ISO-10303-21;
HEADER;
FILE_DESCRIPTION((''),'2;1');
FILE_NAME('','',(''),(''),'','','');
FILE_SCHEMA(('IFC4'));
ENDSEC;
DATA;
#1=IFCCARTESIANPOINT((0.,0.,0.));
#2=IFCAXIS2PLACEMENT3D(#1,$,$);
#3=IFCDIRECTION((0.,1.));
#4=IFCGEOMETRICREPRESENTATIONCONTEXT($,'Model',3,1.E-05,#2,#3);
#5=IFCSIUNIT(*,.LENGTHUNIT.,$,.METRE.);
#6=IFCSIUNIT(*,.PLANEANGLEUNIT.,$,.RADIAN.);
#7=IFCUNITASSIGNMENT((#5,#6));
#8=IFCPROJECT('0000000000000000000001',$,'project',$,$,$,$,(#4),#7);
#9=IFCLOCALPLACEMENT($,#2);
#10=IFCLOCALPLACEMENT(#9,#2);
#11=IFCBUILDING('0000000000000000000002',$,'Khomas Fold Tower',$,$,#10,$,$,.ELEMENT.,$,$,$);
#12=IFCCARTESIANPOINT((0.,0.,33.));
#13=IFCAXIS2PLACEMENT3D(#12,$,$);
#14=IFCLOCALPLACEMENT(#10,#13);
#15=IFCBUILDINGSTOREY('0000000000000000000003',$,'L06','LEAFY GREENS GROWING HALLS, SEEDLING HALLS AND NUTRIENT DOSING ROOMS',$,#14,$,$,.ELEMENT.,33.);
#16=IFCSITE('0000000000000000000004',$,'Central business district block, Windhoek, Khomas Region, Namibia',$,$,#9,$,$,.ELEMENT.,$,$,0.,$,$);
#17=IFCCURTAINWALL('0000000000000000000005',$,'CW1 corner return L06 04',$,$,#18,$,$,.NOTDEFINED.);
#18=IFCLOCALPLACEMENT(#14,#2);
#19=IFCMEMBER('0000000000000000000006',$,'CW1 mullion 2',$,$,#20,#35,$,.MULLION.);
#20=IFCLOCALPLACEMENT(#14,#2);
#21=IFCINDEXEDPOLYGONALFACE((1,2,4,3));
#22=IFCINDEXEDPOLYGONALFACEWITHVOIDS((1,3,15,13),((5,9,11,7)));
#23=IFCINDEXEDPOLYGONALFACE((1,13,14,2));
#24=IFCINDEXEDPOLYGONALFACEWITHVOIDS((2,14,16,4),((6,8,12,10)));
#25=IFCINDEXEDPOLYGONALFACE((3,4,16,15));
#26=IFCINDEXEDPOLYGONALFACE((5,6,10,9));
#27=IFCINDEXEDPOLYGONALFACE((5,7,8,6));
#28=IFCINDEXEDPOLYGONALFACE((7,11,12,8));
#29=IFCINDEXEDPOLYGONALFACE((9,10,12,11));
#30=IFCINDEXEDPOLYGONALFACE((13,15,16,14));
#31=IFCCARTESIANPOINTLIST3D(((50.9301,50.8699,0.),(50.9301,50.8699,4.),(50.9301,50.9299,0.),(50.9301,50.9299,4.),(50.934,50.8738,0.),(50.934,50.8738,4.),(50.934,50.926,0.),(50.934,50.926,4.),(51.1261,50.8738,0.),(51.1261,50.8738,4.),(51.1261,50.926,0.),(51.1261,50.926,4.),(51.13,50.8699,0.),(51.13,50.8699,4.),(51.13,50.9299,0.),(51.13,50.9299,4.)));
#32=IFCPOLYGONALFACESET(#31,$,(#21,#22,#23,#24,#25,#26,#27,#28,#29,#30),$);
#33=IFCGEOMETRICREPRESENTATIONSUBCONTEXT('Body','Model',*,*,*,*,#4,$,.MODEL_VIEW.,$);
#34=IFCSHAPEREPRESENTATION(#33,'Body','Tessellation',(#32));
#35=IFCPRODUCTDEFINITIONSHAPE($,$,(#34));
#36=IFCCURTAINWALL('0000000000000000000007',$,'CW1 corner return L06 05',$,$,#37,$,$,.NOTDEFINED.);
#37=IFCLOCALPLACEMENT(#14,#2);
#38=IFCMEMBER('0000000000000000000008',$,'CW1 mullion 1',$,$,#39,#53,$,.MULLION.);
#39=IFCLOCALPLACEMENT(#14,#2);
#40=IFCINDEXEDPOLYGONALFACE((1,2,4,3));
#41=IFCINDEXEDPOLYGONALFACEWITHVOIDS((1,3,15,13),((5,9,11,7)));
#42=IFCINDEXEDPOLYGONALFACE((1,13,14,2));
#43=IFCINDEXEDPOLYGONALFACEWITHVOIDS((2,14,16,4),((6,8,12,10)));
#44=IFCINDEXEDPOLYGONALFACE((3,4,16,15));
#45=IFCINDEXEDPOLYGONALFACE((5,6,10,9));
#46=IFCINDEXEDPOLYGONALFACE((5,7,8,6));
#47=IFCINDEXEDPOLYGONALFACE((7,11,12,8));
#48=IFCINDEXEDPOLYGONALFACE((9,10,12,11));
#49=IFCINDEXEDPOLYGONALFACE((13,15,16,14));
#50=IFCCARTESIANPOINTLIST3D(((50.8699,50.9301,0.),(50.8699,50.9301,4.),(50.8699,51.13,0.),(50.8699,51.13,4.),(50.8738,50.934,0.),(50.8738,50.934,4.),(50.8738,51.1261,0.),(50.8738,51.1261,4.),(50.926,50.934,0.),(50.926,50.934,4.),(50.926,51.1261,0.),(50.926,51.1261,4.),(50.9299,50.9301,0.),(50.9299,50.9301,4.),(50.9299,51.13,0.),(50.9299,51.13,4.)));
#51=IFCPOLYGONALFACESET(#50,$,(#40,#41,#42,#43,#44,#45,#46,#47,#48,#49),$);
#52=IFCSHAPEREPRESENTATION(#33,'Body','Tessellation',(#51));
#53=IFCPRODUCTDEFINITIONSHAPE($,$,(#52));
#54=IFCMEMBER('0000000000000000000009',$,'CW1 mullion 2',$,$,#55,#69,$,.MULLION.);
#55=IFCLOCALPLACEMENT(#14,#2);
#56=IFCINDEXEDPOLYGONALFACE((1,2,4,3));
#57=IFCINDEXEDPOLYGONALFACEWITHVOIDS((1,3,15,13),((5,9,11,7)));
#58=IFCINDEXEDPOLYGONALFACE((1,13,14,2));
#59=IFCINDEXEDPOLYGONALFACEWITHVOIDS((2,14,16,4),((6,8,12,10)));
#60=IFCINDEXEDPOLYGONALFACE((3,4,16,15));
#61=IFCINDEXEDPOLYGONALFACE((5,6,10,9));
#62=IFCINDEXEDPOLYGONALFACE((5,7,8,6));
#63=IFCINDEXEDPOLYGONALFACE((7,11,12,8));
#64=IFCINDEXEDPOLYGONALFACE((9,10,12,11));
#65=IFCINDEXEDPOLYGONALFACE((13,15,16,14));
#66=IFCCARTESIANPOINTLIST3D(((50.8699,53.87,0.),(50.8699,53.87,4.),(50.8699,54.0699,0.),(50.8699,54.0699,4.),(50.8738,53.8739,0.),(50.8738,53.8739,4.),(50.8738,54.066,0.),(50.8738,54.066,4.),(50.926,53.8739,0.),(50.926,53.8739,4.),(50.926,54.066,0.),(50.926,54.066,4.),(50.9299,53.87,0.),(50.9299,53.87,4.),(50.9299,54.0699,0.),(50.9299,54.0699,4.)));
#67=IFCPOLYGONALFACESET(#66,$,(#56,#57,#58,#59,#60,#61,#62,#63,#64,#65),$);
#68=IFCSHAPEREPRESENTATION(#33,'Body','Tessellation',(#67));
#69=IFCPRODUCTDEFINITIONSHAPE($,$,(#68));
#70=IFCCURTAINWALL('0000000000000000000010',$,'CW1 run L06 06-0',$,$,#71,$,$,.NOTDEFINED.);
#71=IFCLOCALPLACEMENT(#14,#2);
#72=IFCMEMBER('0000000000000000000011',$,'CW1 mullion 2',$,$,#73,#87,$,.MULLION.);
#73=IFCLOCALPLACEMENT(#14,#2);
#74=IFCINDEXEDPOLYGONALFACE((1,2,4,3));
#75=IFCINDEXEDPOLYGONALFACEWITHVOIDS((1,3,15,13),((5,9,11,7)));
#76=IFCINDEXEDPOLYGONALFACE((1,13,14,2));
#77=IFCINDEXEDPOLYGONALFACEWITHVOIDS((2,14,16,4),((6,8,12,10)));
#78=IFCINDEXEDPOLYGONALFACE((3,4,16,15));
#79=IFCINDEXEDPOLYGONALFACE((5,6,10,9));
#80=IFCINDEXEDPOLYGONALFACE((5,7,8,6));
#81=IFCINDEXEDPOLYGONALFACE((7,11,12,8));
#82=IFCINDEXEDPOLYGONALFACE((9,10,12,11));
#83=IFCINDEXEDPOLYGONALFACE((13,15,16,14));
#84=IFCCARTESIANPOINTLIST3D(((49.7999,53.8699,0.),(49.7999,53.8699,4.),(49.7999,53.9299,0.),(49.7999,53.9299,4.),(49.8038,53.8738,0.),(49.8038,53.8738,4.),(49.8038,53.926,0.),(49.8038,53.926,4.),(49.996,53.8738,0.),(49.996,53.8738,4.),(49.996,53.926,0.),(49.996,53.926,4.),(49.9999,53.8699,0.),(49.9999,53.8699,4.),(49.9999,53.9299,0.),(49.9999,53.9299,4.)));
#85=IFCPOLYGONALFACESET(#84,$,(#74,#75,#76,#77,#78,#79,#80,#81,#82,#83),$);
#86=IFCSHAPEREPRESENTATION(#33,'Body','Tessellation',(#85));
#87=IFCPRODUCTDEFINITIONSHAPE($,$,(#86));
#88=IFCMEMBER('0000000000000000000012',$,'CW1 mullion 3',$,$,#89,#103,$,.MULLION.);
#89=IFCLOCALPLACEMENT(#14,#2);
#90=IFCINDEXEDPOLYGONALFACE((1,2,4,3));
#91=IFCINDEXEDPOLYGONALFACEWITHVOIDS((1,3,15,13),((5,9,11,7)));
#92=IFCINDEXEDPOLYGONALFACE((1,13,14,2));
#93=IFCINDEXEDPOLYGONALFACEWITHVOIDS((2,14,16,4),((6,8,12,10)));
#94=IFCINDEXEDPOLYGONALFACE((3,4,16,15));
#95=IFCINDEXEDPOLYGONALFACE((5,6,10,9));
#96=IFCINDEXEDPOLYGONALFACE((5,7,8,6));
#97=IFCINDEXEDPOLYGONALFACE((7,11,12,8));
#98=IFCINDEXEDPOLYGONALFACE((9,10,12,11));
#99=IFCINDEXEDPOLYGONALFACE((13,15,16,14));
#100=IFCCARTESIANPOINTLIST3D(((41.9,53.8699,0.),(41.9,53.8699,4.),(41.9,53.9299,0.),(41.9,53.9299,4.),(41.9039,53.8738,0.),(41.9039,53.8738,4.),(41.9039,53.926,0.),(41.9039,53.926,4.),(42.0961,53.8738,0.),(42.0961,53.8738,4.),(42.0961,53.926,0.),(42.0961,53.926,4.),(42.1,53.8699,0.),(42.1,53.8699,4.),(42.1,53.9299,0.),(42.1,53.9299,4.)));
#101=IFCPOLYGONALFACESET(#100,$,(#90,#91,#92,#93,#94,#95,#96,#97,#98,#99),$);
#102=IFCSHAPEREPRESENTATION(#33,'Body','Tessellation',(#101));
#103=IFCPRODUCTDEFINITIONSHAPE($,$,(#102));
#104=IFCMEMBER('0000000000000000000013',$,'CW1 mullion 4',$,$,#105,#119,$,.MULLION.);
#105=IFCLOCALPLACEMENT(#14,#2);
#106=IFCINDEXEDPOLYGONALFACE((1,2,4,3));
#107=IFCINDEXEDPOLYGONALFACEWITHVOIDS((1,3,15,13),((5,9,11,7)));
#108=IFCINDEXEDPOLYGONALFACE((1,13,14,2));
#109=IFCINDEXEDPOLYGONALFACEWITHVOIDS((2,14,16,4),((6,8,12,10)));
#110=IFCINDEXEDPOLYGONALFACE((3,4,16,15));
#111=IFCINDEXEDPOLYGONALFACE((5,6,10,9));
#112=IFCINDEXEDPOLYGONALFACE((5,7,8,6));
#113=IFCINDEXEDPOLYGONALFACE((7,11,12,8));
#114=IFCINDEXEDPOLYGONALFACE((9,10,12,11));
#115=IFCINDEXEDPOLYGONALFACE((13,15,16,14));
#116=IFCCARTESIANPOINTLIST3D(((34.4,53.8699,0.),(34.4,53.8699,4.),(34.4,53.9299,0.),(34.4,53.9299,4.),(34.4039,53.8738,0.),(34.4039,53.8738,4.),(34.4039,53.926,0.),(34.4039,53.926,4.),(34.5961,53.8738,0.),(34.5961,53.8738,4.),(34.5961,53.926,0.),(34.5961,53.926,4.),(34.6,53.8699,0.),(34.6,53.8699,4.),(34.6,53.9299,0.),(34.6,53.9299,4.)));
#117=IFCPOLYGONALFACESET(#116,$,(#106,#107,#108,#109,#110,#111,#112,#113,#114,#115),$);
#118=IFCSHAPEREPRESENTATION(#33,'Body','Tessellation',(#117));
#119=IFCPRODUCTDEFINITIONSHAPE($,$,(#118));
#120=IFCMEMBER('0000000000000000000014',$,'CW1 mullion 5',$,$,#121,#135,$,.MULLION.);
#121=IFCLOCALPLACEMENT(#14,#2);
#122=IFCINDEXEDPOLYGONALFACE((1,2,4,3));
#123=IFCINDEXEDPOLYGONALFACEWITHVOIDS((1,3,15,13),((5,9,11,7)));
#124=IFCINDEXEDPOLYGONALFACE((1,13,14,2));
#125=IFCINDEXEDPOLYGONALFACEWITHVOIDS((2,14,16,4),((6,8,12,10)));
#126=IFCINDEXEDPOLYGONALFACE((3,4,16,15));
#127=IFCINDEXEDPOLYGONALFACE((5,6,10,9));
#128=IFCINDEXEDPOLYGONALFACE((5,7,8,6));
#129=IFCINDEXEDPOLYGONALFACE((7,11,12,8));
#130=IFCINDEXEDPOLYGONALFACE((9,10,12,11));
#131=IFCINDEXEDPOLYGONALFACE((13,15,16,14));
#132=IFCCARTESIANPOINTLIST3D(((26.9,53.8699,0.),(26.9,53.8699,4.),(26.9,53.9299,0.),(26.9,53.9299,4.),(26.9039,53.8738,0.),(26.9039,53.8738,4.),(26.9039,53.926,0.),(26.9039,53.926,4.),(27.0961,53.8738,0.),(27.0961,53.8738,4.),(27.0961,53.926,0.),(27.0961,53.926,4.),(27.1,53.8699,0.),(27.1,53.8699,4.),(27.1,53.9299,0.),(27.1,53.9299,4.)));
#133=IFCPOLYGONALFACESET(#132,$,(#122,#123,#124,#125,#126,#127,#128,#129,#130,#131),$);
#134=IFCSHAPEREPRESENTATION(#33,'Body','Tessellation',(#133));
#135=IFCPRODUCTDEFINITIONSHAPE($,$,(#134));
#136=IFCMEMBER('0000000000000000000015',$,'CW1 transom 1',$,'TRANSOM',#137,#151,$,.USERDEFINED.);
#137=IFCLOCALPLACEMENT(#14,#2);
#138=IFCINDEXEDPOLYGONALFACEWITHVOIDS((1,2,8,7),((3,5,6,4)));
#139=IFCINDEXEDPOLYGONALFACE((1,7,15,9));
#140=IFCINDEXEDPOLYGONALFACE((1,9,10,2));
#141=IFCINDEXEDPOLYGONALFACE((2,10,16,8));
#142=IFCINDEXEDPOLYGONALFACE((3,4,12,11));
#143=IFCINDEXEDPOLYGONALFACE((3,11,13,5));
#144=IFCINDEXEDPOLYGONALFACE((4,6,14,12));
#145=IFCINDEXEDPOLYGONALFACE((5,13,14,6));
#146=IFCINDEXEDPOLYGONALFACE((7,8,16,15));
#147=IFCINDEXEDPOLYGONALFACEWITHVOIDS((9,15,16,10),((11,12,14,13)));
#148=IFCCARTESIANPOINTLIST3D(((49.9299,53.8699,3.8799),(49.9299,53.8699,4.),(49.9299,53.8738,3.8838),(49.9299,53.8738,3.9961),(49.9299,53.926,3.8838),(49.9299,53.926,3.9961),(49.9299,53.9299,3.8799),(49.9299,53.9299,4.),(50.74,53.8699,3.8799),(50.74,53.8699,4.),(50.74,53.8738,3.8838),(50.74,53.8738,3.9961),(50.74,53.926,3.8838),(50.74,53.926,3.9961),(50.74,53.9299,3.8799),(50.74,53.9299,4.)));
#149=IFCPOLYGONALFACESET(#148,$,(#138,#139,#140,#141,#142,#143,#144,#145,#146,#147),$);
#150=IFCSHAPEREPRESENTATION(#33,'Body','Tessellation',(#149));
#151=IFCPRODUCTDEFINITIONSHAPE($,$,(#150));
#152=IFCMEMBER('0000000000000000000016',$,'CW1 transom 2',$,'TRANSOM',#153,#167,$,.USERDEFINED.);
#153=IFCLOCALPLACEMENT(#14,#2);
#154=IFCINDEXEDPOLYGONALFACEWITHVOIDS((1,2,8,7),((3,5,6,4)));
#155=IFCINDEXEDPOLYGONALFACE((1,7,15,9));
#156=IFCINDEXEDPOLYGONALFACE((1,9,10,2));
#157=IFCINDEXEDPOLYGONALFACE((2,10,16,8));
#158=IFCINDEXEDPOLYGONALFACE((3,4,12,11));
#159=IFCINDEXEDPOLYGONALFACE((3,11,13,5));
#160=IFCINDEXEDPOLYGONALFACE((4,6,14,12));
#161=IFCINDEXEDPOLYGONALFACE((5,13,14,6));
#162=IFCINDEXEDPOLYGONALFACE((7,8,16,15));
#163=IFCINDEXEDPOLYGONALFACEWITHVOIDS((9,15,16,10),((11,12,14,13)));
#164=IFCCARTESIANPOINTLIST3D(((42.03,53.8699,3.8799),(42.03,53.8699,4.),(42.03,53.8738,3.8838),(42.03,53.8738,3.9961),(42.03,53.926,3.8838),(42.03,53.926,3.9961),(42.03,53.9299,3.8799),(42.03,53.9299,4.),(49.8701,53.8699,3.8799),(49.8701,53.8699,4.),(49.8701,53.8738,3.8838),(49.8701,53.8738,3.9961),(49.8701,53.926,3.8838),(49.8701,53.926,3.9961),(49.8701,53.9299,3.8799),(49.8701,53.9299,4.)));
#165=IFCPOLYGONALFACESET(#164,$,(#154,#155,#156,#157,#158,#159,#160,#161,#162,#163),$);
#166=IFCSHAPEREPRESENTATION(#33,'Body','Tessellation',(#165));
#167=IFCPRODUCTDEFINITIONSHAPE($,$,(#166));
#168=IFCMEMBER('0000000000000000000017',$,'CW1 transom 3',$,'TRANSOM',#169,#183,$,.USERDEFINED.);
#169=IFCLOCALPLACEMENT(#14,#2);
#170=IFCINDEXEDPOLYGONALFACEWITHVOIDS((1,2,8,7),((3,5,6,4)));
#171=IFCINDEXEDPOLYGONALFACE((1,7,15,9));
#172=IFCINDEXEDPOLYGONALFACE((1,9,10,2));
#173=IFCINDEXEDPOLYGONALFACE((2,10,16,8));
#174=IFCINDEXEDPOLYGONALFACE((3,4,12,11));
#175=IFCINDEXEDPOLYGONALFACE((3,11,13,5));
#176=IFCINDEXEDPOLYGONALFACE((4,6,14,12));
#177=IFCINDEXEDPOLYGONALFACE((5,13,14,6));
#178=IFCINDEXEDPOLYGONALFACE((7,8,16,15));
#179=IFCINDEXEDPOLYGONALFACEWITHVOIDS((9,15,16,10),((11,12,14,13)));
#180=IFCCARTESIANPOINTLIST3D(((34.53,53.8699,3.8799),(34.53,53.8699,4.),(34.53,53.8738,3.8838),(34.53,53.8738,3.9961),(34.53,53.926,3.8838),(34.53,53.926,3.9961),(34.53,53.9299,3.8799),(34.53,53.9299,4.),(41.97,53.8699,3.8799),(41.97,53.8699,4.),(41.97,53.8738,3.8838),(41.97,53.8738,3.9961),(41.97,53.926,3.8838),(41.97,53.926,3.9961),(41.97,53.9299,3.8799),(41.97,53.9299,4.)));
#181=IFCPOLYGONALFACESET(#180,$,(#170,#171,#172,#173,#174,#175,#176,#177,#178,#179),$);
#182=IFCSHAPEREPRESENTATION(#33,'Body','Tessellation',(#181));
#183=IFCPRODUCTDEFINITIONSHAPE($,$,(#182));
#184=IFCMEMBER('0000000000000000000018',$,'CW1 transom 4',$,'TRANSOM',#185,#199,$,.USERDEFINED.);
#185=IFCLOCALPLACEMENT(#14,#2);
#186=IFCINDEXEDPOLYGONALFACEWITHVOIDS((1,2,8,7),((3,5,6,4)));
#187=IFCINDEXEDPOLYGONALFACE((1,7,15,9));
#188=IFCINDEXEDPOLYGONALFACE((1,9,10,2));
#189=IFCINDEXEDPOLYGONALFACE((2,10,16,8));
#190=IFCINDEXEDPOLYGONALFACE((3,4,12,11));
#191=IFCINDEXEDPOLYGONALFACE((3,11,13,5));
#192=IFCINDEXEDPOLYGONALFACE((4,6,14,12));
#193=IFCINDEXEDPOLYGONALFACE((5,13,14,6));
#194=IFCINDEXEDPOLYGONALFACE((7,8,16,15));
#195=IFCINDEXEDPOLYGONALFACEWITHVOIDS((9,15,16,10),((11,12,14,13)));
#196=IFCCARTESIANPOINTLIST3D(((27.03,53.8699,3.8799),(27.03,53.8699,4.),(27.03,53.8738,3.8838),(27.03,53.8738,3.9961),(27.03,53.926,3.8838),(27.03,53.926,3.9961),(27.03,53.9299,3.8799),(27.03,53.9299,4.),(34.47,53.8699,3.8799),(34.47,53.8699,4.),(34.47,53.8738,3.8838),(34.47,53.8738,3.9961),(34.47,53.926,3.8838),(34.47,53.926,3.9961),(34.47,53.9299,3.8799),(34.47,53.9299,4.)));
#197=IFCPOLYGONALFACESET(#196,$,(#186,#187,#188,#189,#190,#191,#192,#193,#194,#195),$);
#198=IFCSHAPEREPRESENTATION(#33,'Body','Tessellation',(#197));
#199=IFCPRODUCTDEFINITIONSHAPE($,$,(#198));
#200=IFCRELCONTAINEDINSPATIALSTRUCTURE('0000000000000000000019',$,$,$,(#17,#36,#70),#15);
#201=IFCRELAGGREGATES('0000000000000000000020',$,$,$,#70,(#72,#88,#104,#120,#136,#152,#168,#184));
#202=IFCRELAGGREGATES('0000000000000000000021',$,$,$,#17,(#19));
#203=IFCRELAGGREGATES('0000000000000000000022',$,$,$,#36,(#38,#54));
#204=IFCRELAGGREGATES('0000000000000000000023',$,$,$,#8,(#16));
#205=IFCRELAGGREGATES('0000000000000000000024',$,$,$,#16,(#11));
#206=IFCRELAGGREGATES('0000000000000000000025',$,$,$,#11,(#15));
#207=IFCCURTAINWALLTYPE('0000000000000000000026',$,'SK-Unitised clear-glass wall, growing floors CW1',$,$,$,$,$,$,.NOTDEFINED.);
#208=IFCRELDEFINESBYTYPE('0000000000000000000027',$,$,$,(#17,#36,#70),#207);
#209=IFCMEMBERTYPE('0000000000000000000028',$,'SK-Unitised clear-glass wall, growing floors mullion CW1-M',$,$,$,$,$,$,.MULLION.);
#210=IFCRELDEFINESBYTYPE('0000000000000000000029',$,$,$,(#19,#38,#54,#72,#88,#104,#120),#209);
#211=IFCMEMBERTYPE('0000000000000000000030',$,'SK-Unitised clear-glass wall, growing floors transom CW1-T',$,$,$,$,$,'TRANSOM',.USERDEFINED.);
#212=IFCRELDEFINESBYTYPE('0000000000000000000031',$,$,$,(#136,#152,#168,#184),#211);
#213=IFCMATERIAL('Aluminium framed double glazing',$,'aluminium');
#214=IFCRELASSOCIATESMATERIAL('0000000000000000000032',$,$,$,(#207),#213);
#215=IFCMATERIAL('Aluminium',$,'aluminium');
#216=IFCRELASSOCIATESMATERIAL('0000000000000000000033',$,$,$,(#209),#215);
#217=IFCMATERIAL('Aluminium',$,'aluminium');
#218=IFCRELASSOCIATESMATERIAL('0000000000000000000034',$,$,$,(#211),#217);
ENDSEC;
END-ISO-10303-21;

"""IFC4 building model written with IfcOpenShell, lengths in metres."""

from ifc_helpers import new_model, si_unit, direction, frame, origin, origin_2d, place, context, subcontext, project, spatial, hollow_rectangle, extrude, source, transform, mapped, material, material_profile, profile_set, type_object, element, aggregate, save


model = new_model("IFC4")

# Units and contexts
model_context = context("Model", 3, precision=1e-05, world=origin(), true_north=direction((0.0, 1.0)))
body_context = subcontext(model_context, "Body", "Model", "MODEL_VIEW")
ifc_project = project(units=[si_unit("LENGTHUNIT", "METRE"), si_unit("PLANEANGLEUNIT", "RADIAN")], contexts=[model_context])

# Site, building, storey
site_placement = place(None, origin())
site = spatial("IfcSite", under=ifc_project, at=site_placement, Name="Central business district block, Windhoek, Khomas Region, Namibia", CompositionType="ELEMENT", RefElevation=0.0)
building_placement = place(site_placement, origin())
building = spatial("IfcBuilding", under=site, at=building_placement, Name="Khomas Fold Tower", CompositionType="ELEMENT")
storey_placement = place(building_placement, frame((0.0, 0.0, 33.0)))
storey = spatial("IfcBuildingStorey", under=building, at=storey_placement, Name="L06", Description="LEAFY GREENS GROWING HALLS, SEEDLING HALLS AND NUTRIENT DOSING ROOMS", CompositionType="ELEMENT", Elevation=33.0)

# Curtain walls, members
ifc_material_1 = material(Name="Aluminium framed double glazing", Category="aluminium")
curtain_wall_type = type_object("IfcCurtainWallType", Name="SK-Unitised clear-glass wall, growing floors CW1", PredefinedType="NOTDEFINED", material=ifc_material_1)
ifc_material_2 = material(Name="Aluminium", Category="aluminium")
ifc_material_profile_1 = material_profile(ifc_material_2, hollow_rectangle(XDim=0.0601, YDim=0.2, WallThickness=0.0039, at=origin_2d()), Name="SK-Unitised clear-glass wall, growing floors mullion CW1-M")
ifc_profile_set_1 = profile_set([ifc_material_profile_1], Name="Aluminium")
member_type_1 = type_object("IfcMemberType", Name="SK-Unitised clear-glass wall, growing floors mullion CW1-M", PredefinedType="MULLION", material=ifc_profile_set_1)
shared_shape_1 = source(origin(), body_context, "Body", "SweptSolid", [
    extrude(hollow_rectangle(XDim=0.0601, YDim=0.2, WallThickness=0.0039, at=origin_2d()), origin(), (0.0, 0.0, 1.0), 4.0),
])
curtain_wall_1_placement = place(storey_placement, origin())
curtain_wall_1 = element("IfcCurtainWall", 1, at=curtain_wall_1_placement, inside=storey, type_object=curtain_wall_type, Name="CW1 corner return L06 04", PredefinedType="NOTDEFINED")
member_1_placement = place(storey_placement, frame((51.03, 50.8999, 0.0), z_axis=(0.0, 0.0, 1.0), x_axis=(0.0, -1.0, 0.0)))
member_1 = element("IfcMember", 2, at=member_1_placement, type_object=member_type_1, Name="CW1 mullion 2", PredefinedType="MULLION", context=body_context, shape_type="MappedRepresentation", body=[
    mapped(shared_shape_1, transform((0.0, 0.0, 0.0))),
])
curtain_wall_2_placement = place(storey_placement, origin())
curtain_wall_2 = element("IfcCurtainWall", 3, at=curtain_wall_2_placement, inside=storey, type_object=curtain_wall_type, Name="CW1 corner return L06 05", PredefinedType="NOTDEFINED")
member_2_placement = place(storey_placement, frame((50.8999, 51.03, 0.0), z_axis=(0.0, 0.0, 1.0), x_axis=(-1.0, 0.0, 0.0)))
member_2 = element("IfcMember", 4, at=member_2_placement, type_object=member_type_1, Name="CW1 mullion 1", PredefinedType="MULLION", context=body_context, shape_type="MappedRepresentation", body=[
    mapped(shared_shape_1, transform((0.0, 0.0, 0.0))),
])
member_3_placement = place(storey_placement, frame((50.8999, 53.97, 0.0), z_axis=(0.0, 0.0, 1.0), x_axis=(-1.0, 0.0, 0.0)))
member_3 = element("IfcMember", 5, at=member_3_placement, type_object=member_type_1, Name="CW1 mullion 2", PredefinedType="MULLION", context=body_context, shape_type="MappedRepresentation", body=[
    mapped(shared_shape_1, transform((0.0, 0.0, 0.0))),
])
curtain_wall_3_placement = place(storey_placement, origin())
curtain_wall_3 = element("IfcCurtainWall", 6, at=curtain_wall_3_placement, inside=storey, type_object=curtain_wall_type, Name="CW1 run L06 06-0", PredefinedType="NOTDEFINED")
member_4_placement = place(storey_placement, frame((49.8999, 53.8999, 0.0), z_axis=(0.0, 0.0, 1.0), x_axis=(0.0, -1.0, 0.0)))
member_4 = element("IfcMember", 7, at=member_4_placement, type_object=member_type_1, Name="CW1 mullion 2", PredefinedType="MULLION", context=body_context, shape_type="MappedRepresentation", body=[
    mapped(shared_shape_1, transform((0.0, 0.0, 0.0))),
])
member_5_placement = place(storey_placement, frame((42.0, 53.8999, 0.0), z_axis=(0.0, 0.0, 1.0), x_axis=(0.0, -1.0, 0.0)))
member_5 = element("IfcMember", 8, at=member_5_placement, type_object=member_type_1, Name="CW1 mullion 3", PredefinedType="MULLION", context=body_context, shape_type="MappedRepresentation", body=[
    mapped(shared_shape_1, transform((0.0, 0.0, 0.0))),
])
member_6_placement = place(storey_placement, frame((34.5, 53.8999, 0.0), z_axis=(0.0, 0.0, 1.0), x_axis=(0.0, -1.0, 0.0)))
member_6 = element("IfcMember", 9, at=member_6_placement, type_object=member_type_1, Name="CW1 mullion 4", PredefinedType="MULLION", context=body_context, shape_type="MappedRepresentation", body=[
    mapped(shared_shape_1, transform((0.0, 0.0, 0.0))),
])
member_7_placement = place(storey_placement, frame((27.0, 53.8999, 0.0), z_axis=(0.0, 0.0, 1.0), x_axis=(0.0, -1.0, 0.0)))
member_7 = element("IfcMember", 10, at=member_7_placement, type_object=member_type_1, Name="CW1 mullion 5", PredefinedType="MULLION", context=body_context, shape_type="MappedRepresentation", body=[
    mapped(shared_shape_1, transform((0.0, 0.0, 0.0))),
])
ifc_material_3 = material(Name="Aluminium", Category="aluminium")
ifc_material_profile_2 = material_profile(ifc_material_3, hollow_rectangle(XDim=0.0601, YDim=0.1201, WallThickness=0.0039, at=origin_2d()), Name="SK-Unitised clear-glass wall, growing floors transom CW1-T")
ifc_profile_set_2 = profile_set([ifc_material_profile_2], Name="Aluminium")
member_type_2 = type_object("IfcMemberType", Name="SK-Unitised clear-glass wall, growing floors transom CW1-T", ElementType="TRANSOM", PredefinedType="USERDEFINED", material=ifc_profile_set_2)
shared_shape_2 = source(origin(), body_context, "Body", "SweptSolid", [
    extrude(hollow_rectangle(XDim=0.0601, YDim=0.1201, WallThickness=0.0039, at=origin_2d()), origin(), (0.0, 0.0, 1.0), 0.8101),
])
member_8_placement = place(storey_placement, frame((50.74, 53.8999, 3.9399), z_axis=(-1.0, 0.0, 0.0), x_axis=(0.0, -1.0, 0.0)))
member_8 = element("IfcMember", 11, at=member_8_placement, type_object=member_type_2, Name="CW1 transom 1", ObjectType="TRANSOM", PredefinedType="USERDEFINED", context=body_context, shape_type="MappedRepresentation", body=[
    mapped(shared_shape_2, transform((0.0, 0.0, 0.0))),
])
shared_shape_3 = source(origin(), body_context, "Body", "SweptSolid", [
    extrude(hollow_rectangle(XDim=0.0601, YDim=0.1201, WallThickness=0.0039, at=origin_2d()), origin(), (0.0, 0.0, 1.0), 7.8401),
])
member_9_placement = place(storey_placement, frame((49.8701, 53.8999, 3.9399), z_axis=(-1.0, 0.0, 0.0), x_axis=(0.0, -1.0, 0.0)))
member_9 = element("IfcMember", 12, at=member_9_placement, type_object=member_type_2, Name="CW1 transom 2", ObjectType="TRANSOM", PredefinedType="USERDEFINED", context=body_context, shape_type="MappedRepresentation", body=[
    mapped(shared_shape_3, transform((0.0, 0.0, 0.0))),
])
shared_shape_4 = source(origin(), body_context, "Body", "SweptSolid", [
    extrude(hollow_rectangle(XDim=0.0601, YDim=0.1201, WallThickness=0.0039, at=origin_2d()), origin(), (0.0, 0.0, 1.0), 7.4399),
])
member_10_placement = place(storey_placement, frame((41.97, 53.8999, 3.9399), z_axis=(-1.0, 0.0, 0.0), x_axis=(0.0, -1.0, 0.0)))
member_10 = element("IfcMember", 13, at=member_10_placement, type_object=member_type_2, Name="CW1 transom 3", ObjectType="TRANSOM", PredefinedType="USERDEFINED", context=body_context, shape_type="MappedRepresentation", body=[
    mapped(shared_shape_4, transform((0.0, 0.0, 0.0))),
])
member_11_placement = place(storey_placement, frame((34.47, 53.8999, 3.9399), z_axis=(-1.0, 0.0, 0.0), x_axis=(0.0, -1.0, 0.0)))
member_11 = element("IfcMember", 14, at=member_11_placement, type_object=member_type_2, Name="CW1 transom 4", ObjectType="TRANSOM", PredefinedType="USERDEFINED", context=body_context, shape_type="MappedRepresentation", body=[
    mapped(shared_shape_4, transform((0.0, 0.0, 0.0))),
])

aggregate(curtain_wall_3, [member_4, member_5, member_6, member_7, member_8, member_9, member_10, member_11])
aggregate(curtain_wall_1, [member_1])
aggregate(curtain_wall_2, [member_2, member_3])

save(model, "model.ifc")
